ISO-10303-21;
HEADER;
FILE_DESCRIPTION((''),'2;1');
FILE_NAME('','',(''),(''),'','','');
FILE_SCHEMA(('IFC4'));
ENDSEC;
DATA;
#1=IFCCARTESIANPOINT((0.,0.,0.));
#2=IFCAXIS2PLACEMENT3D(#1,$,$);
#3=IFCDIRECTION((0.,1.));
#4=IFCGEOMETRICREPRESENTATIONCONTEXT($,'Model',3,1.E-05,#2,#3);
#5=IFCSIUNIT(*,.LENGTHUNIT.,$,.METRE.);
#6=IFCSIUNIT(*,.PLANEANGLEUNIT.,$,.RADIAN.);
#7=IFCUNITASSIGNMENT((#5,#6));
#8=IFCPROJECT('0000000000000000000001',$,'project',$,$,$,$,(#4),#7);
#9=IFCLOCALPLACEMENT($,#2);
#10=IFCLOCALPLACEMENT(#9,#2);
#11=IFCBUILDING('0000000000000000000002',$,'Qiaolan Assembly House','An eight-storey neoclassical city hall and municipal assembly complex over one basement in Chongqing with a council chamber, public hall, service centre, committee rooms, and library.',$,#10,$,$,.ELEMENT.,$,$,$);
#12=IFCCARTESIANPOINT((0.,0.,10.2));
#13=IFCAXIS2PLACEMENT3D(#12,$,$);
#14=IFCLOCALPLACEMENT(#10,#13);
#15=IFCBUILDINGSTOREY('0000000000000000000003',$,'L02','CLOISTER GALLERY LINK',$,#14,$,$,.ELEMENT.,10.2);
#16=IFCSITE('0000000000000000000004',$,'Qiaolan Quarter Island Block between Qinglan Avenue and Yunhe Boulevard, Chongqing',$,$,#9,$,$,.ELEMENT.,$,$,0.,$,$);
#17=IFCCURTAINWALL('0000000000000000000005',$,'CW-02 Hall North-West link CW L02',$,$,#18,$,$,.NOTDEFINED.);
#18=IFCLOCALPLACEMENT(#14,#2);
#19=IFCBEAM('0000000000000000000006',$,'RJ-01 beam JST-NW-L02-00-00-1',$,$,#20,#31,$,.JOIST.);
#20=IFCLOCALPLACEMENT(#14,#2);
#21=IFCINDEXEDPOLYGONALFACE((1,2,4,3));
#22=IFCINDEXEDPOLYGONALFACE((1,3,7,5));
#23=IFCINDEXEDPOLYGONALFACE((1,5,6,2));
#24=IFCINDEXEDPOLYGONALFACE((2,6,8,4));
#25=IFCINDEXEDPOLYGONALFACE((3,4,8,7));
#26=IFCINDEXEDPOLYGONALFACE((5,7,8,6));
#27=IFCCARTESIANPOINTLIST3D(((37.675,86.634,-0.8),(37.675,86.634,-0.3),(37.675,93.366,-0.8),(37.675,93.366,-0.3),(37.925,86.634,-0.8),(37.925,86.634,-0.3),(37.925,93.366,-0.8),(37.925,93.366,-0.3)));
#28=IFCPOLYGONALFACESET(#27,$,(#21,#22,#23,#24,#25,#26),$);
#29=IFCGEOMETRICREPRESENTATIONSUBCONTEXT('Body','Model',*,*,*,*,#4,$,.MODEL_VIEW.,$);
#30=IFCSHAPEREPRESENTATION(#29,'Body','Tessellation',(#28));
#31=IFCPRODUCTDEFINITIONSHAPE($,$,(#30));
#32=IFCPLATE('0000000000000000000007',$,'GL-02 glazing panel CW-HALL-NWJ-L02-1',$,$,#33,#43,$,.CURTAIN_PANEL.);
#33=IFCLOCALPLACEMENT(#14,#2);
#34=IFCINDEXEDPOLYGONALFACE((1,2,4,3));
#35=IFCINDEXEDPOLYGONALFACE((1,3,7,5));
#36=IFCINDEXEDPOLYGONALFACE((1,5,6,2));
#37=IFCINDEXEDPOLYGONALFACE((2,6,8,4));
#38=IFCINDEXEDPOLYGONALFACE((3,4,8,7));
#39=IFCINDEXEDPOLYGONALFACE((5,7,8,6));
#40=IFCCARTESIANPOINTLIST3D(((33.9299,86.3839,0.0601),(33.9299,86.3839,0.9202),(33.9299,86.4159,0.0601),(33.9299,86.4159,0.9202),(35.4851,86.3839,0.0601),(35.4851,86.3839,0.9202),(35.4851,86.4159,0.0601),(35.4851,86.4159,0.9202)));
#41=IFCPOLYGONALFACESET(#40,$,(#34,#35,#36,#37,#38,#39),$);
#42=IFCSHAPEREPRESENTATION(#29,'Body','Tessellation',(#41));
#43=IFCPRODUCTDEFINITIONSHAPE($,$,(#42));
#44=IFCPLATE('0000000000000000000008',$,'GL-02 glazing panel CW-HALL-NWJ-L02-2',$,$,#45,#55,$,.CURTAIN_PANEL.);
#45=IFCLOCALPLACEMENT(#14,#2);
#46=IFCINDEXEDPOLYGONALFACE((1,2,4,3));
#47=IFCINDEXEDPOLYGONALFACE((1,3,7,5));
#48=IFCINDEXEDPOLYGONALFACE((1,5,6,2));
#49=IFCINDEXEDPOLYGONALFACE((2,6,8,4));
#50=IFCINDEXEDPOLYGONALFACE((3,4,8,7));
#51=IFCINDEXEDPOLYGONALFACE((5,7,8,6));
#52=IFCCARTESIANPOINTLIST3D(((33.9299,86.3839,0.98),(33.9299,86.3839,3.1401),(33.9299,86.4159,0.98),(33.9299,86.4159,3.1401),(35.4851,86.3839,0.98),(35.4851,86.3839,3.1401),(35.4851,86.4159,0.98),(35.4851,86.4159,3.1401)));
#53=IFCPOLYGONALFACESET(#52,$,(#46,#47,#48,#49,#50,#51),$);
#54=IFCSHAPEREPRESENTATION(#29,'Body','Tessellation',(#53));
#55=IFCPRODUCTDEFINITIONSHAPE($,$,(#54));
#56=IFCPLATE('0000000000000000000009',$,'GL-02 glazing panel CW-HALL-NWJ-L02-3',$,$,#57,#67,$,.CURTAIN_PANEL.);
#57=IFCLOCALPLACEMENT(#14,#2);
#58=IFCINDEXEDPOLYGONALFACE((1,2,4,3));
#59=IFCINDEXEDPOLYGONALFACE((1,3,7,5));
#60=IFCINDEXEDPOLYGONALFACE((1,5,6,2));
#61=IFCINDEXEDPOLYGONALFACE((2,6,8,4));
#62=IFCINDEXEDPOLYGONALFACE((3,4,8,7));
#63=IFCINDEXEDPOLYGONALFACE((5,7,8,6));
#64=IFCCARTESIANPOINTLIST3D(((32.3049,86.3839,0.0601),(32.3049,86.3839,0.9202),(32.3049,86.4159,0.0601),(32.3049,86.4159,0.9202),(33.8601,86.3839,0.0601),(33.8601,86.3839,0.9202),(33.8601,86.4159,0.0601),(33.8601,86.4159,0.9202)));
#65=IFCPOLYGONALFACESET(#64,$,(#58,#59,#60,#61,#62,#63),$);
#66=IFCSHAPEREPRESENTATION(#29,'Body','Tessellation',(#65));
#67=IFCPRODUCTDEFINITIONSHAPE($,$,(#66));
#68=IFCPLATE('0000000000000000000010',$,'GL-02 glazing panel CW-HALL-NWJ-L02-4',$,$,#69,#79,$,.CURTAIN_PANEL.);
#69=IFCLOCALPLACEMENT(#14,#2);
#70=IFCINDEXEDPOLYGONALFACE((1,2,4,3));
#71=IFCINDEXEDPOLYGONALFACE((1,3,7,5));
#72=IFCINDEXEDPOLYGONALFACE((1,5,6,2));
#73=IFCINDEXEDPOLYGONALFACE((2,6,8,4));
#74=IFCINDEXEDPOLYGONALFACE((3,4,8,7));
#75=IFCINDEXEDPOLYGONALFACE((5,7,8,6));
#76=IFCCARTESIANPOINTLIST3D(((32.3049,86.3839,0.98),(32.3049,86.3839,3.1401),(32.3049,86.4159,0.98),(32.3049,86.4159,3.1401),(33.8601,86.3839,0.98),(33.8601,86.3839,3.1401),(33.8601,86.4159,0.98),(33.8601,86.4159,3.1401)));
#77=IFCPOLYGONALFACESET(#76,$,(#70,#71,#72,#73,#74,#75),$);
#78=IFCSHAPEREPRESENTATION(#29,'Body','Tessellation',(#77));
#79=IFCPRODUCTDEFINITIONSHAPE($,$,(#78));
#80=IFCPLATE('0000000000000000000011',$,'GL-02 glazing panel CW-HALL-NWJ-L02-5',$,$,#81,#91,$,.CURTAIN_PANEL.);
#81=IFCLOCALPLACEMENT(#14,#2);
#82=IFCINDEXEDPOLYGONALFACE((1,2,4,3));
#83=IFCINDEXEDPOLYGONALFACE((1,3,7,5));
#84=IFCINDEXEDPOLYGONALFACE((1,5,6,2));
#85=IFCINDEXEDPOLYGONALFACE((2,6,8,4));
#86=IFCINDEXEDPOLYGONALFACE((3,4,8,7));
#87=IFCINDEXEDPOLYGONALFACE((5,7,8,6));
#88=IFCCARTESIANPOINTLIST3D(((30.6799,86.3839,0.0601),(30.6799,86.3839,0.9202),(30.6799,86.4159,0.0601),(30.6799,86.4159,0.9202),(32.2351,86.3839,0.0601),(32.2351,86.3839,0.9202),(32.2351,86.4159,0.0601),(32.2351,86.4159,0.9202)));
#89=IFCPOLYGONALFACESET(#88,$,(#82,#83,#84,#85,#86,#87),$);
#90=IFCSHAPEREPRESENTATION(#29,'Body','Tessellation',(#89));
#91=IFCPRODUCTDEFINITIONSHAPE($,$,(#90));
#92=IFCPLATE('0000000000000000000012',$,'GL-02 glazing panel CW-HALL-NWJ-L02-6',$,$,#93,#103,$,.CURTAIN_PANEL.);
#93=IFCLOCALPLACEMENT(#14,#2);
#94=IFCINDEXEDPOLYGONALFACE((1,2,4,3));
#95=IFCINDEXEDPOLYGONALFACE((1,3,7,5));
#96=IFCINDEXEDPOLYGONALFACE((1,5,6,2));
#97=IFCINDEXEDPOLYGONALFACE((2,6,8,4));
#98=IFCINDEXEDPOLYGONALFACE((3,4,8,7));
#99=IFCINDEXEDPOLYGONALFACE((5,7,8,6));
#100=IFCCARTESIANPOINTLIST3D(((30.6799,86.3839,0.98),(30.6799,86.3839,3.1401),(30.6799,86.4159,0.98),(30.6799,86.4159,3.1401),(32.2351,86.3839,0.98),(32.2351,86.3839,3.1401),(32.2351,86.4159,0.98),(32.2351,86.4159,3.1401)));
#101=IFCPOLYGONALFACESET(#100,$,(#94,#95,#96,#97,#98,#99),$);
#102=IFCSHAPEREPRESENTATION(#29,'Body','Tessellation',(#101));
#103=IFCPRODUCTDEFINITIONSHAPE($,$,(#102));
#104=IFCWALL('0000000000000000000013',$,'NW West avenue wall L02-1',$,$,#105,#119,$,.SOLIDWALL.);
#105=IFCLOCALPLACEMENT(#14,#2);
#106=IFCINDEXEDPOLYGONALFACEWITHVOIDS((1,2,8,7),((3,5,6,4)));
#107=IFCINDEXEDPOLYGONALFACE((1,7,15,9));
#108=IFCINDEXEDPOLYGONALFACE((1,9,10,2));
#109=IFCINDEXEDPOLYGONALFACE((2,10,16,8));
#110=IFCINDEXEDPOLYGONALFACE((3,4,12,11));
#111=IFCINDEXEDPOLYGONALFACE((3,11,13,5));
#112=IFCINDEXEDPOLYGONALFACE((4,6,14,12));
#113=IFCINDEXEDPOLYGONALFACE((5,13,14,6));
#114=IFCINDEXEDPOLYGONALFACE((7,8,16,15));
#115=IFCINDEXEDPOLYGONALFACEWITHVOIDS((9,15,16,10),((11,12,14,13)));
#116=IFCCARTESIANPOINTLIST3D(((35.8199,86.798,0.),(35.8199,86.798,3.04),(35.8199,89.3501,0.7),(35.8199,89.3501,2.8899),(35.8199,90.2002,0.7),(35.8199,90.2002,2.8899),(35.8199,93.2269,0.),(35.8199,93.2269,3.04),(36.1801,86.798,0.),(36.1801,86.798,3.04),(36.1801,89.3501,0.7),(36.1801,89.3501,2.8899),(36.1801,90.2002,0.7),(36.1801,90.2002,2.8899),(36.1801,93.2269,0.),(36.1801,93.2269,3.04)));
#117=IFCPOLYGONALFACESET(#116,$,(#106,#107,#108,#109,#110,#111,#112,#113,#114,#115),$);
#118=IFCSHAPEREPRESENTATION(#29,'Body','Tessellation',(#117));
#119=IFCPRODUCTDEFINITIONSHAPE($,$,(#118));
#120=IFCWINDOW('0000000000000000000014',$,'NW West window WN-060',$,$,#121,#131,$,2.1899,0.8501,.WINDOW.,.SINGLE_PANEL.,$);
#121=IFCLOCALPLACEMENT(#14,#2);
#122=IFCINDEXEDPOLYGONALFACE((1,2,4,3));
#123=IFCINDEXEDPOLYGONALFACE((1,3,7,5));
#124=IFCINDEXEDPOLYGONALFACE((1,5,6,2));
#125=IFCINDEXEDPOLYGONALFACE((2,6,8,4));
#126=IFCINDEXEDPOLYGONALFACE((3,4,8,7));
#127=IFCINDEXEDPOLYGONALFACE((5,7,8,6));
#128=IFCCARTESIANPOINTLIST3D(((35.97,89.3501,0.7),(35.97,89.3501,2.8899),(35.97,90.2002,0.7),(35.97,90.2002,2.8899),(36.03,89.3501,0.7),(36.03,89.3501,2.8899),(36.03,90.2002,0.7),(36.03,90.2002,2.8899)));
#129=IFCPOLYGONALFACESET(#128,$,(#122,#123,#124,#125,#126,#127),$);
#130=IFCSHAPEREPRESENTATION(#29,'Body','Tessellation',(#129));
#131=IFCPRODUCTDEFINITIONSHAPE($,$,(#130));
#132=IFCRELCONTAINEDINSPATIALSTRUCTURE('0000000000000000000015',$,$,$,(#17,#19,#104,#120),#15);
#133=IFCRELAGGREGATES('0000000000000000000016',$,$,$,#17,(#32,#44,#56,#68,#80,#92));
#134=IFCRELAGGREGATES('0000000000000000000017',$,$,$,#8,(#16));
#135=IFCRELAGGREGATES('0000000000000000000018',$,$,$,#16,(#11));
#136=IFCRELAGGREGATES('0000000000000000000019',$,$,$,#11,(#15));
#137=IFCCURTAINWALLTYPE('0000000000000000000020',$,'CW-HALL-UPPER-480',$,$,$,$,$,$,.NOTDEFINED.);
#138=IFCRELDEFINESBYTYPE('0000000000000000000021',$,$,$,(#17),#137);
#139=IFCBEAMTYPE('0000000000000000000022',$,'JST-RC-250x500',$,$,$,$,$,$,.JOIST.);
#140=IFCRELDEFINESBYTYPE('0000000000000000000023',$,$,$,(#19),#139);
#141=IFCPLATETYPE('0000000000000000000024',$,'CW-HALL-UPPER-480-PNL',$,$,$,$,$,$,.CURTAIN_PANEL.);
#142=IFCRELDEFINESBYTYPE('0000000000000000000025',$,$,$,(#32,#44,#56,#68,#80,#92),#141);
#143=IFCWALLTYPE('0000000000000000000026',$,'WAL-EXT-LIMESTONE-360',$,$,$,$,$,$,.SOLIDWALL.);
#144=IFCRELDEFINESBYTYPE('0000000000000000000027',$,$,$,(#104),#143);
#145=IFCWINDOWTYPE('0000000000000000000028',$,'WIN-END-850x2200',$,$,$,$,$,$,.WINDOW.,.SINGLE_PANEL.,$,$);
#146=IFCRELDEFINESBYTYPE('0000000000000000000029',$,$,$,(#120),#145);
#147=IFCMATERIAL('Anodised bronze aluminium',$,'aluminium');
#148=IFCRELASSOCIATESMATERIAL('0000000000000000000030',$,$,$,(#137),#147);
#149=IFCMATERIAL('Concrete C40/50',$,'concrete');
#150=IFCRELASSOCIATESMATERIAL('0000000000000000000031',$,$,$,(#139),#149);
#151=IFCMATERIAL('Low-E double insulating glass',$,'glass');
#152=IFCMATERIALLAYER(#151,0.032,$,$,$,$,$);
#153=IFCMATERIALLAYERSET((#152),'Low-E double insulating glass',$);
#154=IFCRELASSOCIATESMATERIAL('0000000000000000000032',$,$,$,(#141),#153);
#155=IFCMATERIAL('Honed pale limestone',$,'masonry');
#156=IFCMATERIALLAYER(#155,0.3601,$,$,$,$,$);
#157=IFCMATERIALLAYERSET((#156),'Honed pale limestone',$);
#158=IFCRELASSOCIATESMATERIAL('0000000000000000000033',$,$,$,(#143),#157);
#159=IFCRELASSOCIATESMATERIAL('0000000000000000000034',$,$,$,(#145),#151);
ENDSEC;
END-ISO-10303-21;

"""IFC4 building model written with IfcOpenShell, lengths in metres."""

from ifc_helpers import new_model, si_unit, direction, frame, frame_2d, origin, origin_2d, place, context, subcontext, project, spatial, rectangle, extrude, material, layer, layer_set, material_profile, profile_set, type_object, element, fill, aggregate, save


model = new_model("IFC4")

# Units and contexts
model_context = context("Model", 3, precision=1e-05, world=origin(), true_north=direction((0.0, 1.0)))
body_context = subcontext(model_context, "Body", "Model", "MODEL_VIEW")
ifc_project = project(units=[si_unit("LENGTHUNIT", "METRE"), si_unit("PLANEANGLEUNIT", "RADIAN")], contexts=[model_context])

# Site, building, storey
site_placement = place(None, origin())
site = spatial("IfcSite", under=ifc_project, at=site_placement, Name="Qiaolan Quarter Island Block between Qinglan Avenue and Yunhe Boulevard, Chongqing", CompositionType="ELEMENT", RefElevation=0.0)
building_placement = place(site_placement, origin())
building = spatial("IfcBuilding", under=site, at=building_placement, Name="Qiaolan Assembly House", Description="An eight-storey neoclassical city hall and municipal assembly complex over one basement in Chongqing with a council chamber, public hall, service centre, committee rooms, and library.", CompositionType="ELEMENT")
storey_placement = place(building_placement, frame((0.0, 0.0, 10.2)))
storey = spatial("IfcBuildingStorey", under=building, at=storey_placement, Name="L02", Description="CLOISTER GALLERY LINK", CompositionType="ELEMENT", Elevation=10.2)

# Shared definitions
ifc_material_1 = material(Name="Concrete C40/50", Category="concrete")

# Curtain wall
ifc_material_2 = material(Name="Anodised bronze aluminium", Category="aluminium")
curtain_wall_type = type_object("IfcCurtainWallType", Name="CW-HALL-UPPER-480", PredefinedType="NOTDEFINED", material=ifc_material_2)
curtain_wall_placement = place(storey_placement, origin())
curtain_wall = element("IfcCurtainWall", 1, at=curtain_wall_placement, inside=storey, type_object=curtain_wall_type, Name="CW-02 Hall North-West link CW L02", PredefinedType="NOTDEFINED")

# Beam
ifc_material_profile_1 = material_profile(ifc_material_1, rectangle(XDim=0.25, YDim=0.5, at=origin_2d()), Name="RCB 250x500")
ifc_profile_set_1 = profile_set([ifc_material_profile_1], Name="Concrete C40/50")
beam_type_1 = type_object("IfcBeamType", Name="JST-RC-250x500", PredefinedType="JOIST", material=ifc_profile_set_1)
beam_1_placement = place(storey_placement, frame((37.8, 86.634, -0.55), z_axis=(0.0, 1.0, 0.0), x_axis=(-1.0, 0.0, 0.0)))
element("IfcBeam", 2, at=beam_1_placement, inside=storey, type_object=beam_type_1, Name="RJ-01 beam JST-NW-L02-00-00-1", PredefinedType="JOIST", context=body_context, shape_type="SweptSolid", body=[
    extrude(rectangle(XDim=0.25, YDim=0.5, at=origin_2d()), origin(), (0.0, 0.0, 1.0), 6.7319),
])

# Plates
ifc_material_3 = material(Name="Low-E double insulating glass", Category="glass")
ifc_layer_1 = layer(ifc_material_3, 0.032)
ifc_layer_set_1 = layer_set([ifc_layer_1], Name="Low-E double insulating glass")
plate_type = type_object("IfcPlateType", Name="CW-HALL-UPPER-480-PNL", PredefinedType="CURTAIN_PANEL", material=ifc_layer_set_1)
plate_1_placement = place(storey_placement, frame((35.4851, 86.3999, 0.0601), z_axis=(0.0, 0.0, 1.0), x_axis=(-1.0, 0.0, 0.0)))
plate_1 = element("IfcPlate", 3, at=plate_1_placement, type_object=plate_type, Name="GL-02 glazing panel CW-HALL-NWJ-L02-1", PredefinedType="CURTAIN_PANEL", context=body_context, shape_type="SweptSolid", body=[
    extrude(rectangle(XDim=1.5552, YDim=0.032, at=frame_2d((0.7776, 0.0))), origin(), (0.0, 0.0, 1.0), 0.8601),
])
plate_2_placement = place(storey_placement, frame((35.4851, 86.3999, 0.98), z_axis=(0.0, 0.0, 1.0), x_axis=(-1.0, 0.0, 0.0)))
plate_2 = element("IfcPlate", 4, at=plate_2_placement, type_object=plate_type, Name="GL-02 glazing panel CW-HALL-NWJ-L02-2", PredefinedType="CURTAIN_PANEL", context=body_context, shape_type="SweptSolid", body=[
    extrude(rectangle(XDim=1.5552, YDim=0.032, at=frame_2d((0.7776, 0.0))), origin(), (0.0, 0.0, 1.0), 2.1602),
])
plate_3_placement = place(storey_placement, frame((33.8601, 86.3999, 0.0601), z_axis=(0.0, 0.0, 1.0), x_axis=(-1.0, 0.0, 0.0)))
plate_3 = element("IfcPlate", 5, at=plate_3_placement, type_object=plate_type, Name="GL-02 glazing panel CW-HALL-NWJ-L02-3", PredefinedType="CURTAIN_PANEL", context=body_context, shape_type="SweptSolid", body=[
    extrude(rectangle(XDim=1.5552, YDim=0.032, at=frame_2d((0.7776, 0.0))), origin(), (0.0, 0.0, 1.0), 0.8601),
])
plate_4_placement = place(storey_placement, frame((33.8601, 86.3999, 0.98), z_axis=(0.0, 0.0, 1.0), x_axis=(-1.0, 0.0, 0.0)))
plate_4 = element("IfcPlate", 6, at=plate_4_placement, type_object=plate_type, Name="GL-02 glazing panel CW-HALL-NWJ-L02-4", PredefinedType="CURTAIN_PANEL", context=body_context, shape_type="SweptSolid", body=[
    extrude(rectangle(XDim=1.5552, YDim=0.032, at=frame_2d((0.7776, 0.0))), origin(), (0.0, 0.0, 1.0), 2.1602),
])
plate_5_placement = place(storey_placement, frame((32.2351, 86.3999, 0.0601), z_axis=(0.0, 0.0, 1.0), x_axis=(-1.0, 0.0, 0.0)))
plate_5 = element("IfcPlate", 7, at=plate_5_placement, type_object=plate_type, Name="GL-02 glazing panel CW-HALL-NWJ-L02-5", PredefinedType="CURTAIN_PANEL", context=body_context, shape_type="SweptSolid", body=[
    extrude(rectangle(XDim=1.5552, YDim=0.032, at=frame_2d((0.7776, 0.0))), origin(), (0.0, 0.0, 1.0), 0.8601),
])
plate_6_placement = place(storey_placement, frame((32.2351, 86.3999, 0.98), z_axis=(0.0, 0.0, 1.0), x_axis=(-1.0, 0.0, 0.0)))
plate_6 = element("IfcPlate", 8, at=plate_6_placement, type_object=plate_type, Name="GL-02 glazing panel CW-HALL-NWJ-L02-6", PredefinedType="CURTAIN_PANEL", context=body_context, shape_type="SweptSolid", body=[
    extrude(rectangle(XDim=1.5552, YDim=0.032, at=frame_2d((0.7776, 0.0))), origin(), (0.0, 0.0, 1.0), 2.1602),
])
aggregate(curtain_wall, [plate_1, plate_2, plate_3, plate_4, plate_5, plate_6])

# Wall, opening, window
ifc_material_4 = material(Name="Honed pale limestone", Category="masonry")
ifc_layer_2 = layer(ifc_material_4, 0.3601)
ifc_layer_set_2 = layer_set([ifc_layer_2], Name="Honed pale limestone")
wall_type = type_object("IfcWallType", Name="WAL-EXT-LIMESTONE-360", PredefinedType="SOLIDWALL", material=ifc_layer_set_2)
wall_placement = place(storey_placement, frame((36.0, 86.7981, 0.0), z_axis=(0.0, 0.0, 1.0), x_axis=(0.0, 1.0, 0.0)))
wall = element("IfcWall", 9, at=wall_placement, inside=storey, type_object=wall_type, Name="NW West avenue wall L02-1", PredefinedType="SOLIDWALL", context=body_context, shape_type="SweptSolid", body=[
    extrude(rectangle(XDim=6.429, YDim=0.3601, at=frame_2d((3.2144, 0.0))), origin(), (0.0, 0.0, 1.0), 3.04),
])
opening_placement = place(wall_placement, frame((2.552, 0.0, 0.7)))
opening = element("IfcOpeningElement", 10, at=opening_placement, cuts=wall, PredefinedType="OPENING", context=body_context, shape_type="SweptSolid", body=[
    extrude(rectangle(XDim=0.8501, YDim=2.1899, at=frame_2d((0.425, 1.095))), frame((0.0, 0.1899, 0.0), z_axis=(0.0, -1.0, 0.0), x_axis=(1.0, 0.0, 0.0)), (0.0, 0.0, 1.0), 0.3801),
])
window_type = type_object("IfcWindowType", Name="WIN-END-850x2200", PartitioningType="SINGLE_PANEL", PredefinedType="WINDOW", material=ifc_material_3)
window_placement = place(opening_placement, origin())
window = element("IfcWindow", 11, at=window_placement, inside=storey, type_object=window_type, Name="NW West window WN-060", OverallHeight=2.1899, OverallWidth=0.8501, PartitioningType="SINGLE_PANEL", PredefinedType="WINDOW", context=body_context, shape_type="SweptSolid", body=[
    extrude(rectangle(XDim=0.8501, YDim=2.1899, at=frame_2d((0.425, 1.095))), frame((0.0, 0.03, 0.0), z_axis=(0.0, -1.0, 0.0), x_axis=(1.0, 0.0, 0.0)), (0.0, 0.0, 1.0), 0.0601),
])
fill(opening, window)

save(model, "model.ifc")
